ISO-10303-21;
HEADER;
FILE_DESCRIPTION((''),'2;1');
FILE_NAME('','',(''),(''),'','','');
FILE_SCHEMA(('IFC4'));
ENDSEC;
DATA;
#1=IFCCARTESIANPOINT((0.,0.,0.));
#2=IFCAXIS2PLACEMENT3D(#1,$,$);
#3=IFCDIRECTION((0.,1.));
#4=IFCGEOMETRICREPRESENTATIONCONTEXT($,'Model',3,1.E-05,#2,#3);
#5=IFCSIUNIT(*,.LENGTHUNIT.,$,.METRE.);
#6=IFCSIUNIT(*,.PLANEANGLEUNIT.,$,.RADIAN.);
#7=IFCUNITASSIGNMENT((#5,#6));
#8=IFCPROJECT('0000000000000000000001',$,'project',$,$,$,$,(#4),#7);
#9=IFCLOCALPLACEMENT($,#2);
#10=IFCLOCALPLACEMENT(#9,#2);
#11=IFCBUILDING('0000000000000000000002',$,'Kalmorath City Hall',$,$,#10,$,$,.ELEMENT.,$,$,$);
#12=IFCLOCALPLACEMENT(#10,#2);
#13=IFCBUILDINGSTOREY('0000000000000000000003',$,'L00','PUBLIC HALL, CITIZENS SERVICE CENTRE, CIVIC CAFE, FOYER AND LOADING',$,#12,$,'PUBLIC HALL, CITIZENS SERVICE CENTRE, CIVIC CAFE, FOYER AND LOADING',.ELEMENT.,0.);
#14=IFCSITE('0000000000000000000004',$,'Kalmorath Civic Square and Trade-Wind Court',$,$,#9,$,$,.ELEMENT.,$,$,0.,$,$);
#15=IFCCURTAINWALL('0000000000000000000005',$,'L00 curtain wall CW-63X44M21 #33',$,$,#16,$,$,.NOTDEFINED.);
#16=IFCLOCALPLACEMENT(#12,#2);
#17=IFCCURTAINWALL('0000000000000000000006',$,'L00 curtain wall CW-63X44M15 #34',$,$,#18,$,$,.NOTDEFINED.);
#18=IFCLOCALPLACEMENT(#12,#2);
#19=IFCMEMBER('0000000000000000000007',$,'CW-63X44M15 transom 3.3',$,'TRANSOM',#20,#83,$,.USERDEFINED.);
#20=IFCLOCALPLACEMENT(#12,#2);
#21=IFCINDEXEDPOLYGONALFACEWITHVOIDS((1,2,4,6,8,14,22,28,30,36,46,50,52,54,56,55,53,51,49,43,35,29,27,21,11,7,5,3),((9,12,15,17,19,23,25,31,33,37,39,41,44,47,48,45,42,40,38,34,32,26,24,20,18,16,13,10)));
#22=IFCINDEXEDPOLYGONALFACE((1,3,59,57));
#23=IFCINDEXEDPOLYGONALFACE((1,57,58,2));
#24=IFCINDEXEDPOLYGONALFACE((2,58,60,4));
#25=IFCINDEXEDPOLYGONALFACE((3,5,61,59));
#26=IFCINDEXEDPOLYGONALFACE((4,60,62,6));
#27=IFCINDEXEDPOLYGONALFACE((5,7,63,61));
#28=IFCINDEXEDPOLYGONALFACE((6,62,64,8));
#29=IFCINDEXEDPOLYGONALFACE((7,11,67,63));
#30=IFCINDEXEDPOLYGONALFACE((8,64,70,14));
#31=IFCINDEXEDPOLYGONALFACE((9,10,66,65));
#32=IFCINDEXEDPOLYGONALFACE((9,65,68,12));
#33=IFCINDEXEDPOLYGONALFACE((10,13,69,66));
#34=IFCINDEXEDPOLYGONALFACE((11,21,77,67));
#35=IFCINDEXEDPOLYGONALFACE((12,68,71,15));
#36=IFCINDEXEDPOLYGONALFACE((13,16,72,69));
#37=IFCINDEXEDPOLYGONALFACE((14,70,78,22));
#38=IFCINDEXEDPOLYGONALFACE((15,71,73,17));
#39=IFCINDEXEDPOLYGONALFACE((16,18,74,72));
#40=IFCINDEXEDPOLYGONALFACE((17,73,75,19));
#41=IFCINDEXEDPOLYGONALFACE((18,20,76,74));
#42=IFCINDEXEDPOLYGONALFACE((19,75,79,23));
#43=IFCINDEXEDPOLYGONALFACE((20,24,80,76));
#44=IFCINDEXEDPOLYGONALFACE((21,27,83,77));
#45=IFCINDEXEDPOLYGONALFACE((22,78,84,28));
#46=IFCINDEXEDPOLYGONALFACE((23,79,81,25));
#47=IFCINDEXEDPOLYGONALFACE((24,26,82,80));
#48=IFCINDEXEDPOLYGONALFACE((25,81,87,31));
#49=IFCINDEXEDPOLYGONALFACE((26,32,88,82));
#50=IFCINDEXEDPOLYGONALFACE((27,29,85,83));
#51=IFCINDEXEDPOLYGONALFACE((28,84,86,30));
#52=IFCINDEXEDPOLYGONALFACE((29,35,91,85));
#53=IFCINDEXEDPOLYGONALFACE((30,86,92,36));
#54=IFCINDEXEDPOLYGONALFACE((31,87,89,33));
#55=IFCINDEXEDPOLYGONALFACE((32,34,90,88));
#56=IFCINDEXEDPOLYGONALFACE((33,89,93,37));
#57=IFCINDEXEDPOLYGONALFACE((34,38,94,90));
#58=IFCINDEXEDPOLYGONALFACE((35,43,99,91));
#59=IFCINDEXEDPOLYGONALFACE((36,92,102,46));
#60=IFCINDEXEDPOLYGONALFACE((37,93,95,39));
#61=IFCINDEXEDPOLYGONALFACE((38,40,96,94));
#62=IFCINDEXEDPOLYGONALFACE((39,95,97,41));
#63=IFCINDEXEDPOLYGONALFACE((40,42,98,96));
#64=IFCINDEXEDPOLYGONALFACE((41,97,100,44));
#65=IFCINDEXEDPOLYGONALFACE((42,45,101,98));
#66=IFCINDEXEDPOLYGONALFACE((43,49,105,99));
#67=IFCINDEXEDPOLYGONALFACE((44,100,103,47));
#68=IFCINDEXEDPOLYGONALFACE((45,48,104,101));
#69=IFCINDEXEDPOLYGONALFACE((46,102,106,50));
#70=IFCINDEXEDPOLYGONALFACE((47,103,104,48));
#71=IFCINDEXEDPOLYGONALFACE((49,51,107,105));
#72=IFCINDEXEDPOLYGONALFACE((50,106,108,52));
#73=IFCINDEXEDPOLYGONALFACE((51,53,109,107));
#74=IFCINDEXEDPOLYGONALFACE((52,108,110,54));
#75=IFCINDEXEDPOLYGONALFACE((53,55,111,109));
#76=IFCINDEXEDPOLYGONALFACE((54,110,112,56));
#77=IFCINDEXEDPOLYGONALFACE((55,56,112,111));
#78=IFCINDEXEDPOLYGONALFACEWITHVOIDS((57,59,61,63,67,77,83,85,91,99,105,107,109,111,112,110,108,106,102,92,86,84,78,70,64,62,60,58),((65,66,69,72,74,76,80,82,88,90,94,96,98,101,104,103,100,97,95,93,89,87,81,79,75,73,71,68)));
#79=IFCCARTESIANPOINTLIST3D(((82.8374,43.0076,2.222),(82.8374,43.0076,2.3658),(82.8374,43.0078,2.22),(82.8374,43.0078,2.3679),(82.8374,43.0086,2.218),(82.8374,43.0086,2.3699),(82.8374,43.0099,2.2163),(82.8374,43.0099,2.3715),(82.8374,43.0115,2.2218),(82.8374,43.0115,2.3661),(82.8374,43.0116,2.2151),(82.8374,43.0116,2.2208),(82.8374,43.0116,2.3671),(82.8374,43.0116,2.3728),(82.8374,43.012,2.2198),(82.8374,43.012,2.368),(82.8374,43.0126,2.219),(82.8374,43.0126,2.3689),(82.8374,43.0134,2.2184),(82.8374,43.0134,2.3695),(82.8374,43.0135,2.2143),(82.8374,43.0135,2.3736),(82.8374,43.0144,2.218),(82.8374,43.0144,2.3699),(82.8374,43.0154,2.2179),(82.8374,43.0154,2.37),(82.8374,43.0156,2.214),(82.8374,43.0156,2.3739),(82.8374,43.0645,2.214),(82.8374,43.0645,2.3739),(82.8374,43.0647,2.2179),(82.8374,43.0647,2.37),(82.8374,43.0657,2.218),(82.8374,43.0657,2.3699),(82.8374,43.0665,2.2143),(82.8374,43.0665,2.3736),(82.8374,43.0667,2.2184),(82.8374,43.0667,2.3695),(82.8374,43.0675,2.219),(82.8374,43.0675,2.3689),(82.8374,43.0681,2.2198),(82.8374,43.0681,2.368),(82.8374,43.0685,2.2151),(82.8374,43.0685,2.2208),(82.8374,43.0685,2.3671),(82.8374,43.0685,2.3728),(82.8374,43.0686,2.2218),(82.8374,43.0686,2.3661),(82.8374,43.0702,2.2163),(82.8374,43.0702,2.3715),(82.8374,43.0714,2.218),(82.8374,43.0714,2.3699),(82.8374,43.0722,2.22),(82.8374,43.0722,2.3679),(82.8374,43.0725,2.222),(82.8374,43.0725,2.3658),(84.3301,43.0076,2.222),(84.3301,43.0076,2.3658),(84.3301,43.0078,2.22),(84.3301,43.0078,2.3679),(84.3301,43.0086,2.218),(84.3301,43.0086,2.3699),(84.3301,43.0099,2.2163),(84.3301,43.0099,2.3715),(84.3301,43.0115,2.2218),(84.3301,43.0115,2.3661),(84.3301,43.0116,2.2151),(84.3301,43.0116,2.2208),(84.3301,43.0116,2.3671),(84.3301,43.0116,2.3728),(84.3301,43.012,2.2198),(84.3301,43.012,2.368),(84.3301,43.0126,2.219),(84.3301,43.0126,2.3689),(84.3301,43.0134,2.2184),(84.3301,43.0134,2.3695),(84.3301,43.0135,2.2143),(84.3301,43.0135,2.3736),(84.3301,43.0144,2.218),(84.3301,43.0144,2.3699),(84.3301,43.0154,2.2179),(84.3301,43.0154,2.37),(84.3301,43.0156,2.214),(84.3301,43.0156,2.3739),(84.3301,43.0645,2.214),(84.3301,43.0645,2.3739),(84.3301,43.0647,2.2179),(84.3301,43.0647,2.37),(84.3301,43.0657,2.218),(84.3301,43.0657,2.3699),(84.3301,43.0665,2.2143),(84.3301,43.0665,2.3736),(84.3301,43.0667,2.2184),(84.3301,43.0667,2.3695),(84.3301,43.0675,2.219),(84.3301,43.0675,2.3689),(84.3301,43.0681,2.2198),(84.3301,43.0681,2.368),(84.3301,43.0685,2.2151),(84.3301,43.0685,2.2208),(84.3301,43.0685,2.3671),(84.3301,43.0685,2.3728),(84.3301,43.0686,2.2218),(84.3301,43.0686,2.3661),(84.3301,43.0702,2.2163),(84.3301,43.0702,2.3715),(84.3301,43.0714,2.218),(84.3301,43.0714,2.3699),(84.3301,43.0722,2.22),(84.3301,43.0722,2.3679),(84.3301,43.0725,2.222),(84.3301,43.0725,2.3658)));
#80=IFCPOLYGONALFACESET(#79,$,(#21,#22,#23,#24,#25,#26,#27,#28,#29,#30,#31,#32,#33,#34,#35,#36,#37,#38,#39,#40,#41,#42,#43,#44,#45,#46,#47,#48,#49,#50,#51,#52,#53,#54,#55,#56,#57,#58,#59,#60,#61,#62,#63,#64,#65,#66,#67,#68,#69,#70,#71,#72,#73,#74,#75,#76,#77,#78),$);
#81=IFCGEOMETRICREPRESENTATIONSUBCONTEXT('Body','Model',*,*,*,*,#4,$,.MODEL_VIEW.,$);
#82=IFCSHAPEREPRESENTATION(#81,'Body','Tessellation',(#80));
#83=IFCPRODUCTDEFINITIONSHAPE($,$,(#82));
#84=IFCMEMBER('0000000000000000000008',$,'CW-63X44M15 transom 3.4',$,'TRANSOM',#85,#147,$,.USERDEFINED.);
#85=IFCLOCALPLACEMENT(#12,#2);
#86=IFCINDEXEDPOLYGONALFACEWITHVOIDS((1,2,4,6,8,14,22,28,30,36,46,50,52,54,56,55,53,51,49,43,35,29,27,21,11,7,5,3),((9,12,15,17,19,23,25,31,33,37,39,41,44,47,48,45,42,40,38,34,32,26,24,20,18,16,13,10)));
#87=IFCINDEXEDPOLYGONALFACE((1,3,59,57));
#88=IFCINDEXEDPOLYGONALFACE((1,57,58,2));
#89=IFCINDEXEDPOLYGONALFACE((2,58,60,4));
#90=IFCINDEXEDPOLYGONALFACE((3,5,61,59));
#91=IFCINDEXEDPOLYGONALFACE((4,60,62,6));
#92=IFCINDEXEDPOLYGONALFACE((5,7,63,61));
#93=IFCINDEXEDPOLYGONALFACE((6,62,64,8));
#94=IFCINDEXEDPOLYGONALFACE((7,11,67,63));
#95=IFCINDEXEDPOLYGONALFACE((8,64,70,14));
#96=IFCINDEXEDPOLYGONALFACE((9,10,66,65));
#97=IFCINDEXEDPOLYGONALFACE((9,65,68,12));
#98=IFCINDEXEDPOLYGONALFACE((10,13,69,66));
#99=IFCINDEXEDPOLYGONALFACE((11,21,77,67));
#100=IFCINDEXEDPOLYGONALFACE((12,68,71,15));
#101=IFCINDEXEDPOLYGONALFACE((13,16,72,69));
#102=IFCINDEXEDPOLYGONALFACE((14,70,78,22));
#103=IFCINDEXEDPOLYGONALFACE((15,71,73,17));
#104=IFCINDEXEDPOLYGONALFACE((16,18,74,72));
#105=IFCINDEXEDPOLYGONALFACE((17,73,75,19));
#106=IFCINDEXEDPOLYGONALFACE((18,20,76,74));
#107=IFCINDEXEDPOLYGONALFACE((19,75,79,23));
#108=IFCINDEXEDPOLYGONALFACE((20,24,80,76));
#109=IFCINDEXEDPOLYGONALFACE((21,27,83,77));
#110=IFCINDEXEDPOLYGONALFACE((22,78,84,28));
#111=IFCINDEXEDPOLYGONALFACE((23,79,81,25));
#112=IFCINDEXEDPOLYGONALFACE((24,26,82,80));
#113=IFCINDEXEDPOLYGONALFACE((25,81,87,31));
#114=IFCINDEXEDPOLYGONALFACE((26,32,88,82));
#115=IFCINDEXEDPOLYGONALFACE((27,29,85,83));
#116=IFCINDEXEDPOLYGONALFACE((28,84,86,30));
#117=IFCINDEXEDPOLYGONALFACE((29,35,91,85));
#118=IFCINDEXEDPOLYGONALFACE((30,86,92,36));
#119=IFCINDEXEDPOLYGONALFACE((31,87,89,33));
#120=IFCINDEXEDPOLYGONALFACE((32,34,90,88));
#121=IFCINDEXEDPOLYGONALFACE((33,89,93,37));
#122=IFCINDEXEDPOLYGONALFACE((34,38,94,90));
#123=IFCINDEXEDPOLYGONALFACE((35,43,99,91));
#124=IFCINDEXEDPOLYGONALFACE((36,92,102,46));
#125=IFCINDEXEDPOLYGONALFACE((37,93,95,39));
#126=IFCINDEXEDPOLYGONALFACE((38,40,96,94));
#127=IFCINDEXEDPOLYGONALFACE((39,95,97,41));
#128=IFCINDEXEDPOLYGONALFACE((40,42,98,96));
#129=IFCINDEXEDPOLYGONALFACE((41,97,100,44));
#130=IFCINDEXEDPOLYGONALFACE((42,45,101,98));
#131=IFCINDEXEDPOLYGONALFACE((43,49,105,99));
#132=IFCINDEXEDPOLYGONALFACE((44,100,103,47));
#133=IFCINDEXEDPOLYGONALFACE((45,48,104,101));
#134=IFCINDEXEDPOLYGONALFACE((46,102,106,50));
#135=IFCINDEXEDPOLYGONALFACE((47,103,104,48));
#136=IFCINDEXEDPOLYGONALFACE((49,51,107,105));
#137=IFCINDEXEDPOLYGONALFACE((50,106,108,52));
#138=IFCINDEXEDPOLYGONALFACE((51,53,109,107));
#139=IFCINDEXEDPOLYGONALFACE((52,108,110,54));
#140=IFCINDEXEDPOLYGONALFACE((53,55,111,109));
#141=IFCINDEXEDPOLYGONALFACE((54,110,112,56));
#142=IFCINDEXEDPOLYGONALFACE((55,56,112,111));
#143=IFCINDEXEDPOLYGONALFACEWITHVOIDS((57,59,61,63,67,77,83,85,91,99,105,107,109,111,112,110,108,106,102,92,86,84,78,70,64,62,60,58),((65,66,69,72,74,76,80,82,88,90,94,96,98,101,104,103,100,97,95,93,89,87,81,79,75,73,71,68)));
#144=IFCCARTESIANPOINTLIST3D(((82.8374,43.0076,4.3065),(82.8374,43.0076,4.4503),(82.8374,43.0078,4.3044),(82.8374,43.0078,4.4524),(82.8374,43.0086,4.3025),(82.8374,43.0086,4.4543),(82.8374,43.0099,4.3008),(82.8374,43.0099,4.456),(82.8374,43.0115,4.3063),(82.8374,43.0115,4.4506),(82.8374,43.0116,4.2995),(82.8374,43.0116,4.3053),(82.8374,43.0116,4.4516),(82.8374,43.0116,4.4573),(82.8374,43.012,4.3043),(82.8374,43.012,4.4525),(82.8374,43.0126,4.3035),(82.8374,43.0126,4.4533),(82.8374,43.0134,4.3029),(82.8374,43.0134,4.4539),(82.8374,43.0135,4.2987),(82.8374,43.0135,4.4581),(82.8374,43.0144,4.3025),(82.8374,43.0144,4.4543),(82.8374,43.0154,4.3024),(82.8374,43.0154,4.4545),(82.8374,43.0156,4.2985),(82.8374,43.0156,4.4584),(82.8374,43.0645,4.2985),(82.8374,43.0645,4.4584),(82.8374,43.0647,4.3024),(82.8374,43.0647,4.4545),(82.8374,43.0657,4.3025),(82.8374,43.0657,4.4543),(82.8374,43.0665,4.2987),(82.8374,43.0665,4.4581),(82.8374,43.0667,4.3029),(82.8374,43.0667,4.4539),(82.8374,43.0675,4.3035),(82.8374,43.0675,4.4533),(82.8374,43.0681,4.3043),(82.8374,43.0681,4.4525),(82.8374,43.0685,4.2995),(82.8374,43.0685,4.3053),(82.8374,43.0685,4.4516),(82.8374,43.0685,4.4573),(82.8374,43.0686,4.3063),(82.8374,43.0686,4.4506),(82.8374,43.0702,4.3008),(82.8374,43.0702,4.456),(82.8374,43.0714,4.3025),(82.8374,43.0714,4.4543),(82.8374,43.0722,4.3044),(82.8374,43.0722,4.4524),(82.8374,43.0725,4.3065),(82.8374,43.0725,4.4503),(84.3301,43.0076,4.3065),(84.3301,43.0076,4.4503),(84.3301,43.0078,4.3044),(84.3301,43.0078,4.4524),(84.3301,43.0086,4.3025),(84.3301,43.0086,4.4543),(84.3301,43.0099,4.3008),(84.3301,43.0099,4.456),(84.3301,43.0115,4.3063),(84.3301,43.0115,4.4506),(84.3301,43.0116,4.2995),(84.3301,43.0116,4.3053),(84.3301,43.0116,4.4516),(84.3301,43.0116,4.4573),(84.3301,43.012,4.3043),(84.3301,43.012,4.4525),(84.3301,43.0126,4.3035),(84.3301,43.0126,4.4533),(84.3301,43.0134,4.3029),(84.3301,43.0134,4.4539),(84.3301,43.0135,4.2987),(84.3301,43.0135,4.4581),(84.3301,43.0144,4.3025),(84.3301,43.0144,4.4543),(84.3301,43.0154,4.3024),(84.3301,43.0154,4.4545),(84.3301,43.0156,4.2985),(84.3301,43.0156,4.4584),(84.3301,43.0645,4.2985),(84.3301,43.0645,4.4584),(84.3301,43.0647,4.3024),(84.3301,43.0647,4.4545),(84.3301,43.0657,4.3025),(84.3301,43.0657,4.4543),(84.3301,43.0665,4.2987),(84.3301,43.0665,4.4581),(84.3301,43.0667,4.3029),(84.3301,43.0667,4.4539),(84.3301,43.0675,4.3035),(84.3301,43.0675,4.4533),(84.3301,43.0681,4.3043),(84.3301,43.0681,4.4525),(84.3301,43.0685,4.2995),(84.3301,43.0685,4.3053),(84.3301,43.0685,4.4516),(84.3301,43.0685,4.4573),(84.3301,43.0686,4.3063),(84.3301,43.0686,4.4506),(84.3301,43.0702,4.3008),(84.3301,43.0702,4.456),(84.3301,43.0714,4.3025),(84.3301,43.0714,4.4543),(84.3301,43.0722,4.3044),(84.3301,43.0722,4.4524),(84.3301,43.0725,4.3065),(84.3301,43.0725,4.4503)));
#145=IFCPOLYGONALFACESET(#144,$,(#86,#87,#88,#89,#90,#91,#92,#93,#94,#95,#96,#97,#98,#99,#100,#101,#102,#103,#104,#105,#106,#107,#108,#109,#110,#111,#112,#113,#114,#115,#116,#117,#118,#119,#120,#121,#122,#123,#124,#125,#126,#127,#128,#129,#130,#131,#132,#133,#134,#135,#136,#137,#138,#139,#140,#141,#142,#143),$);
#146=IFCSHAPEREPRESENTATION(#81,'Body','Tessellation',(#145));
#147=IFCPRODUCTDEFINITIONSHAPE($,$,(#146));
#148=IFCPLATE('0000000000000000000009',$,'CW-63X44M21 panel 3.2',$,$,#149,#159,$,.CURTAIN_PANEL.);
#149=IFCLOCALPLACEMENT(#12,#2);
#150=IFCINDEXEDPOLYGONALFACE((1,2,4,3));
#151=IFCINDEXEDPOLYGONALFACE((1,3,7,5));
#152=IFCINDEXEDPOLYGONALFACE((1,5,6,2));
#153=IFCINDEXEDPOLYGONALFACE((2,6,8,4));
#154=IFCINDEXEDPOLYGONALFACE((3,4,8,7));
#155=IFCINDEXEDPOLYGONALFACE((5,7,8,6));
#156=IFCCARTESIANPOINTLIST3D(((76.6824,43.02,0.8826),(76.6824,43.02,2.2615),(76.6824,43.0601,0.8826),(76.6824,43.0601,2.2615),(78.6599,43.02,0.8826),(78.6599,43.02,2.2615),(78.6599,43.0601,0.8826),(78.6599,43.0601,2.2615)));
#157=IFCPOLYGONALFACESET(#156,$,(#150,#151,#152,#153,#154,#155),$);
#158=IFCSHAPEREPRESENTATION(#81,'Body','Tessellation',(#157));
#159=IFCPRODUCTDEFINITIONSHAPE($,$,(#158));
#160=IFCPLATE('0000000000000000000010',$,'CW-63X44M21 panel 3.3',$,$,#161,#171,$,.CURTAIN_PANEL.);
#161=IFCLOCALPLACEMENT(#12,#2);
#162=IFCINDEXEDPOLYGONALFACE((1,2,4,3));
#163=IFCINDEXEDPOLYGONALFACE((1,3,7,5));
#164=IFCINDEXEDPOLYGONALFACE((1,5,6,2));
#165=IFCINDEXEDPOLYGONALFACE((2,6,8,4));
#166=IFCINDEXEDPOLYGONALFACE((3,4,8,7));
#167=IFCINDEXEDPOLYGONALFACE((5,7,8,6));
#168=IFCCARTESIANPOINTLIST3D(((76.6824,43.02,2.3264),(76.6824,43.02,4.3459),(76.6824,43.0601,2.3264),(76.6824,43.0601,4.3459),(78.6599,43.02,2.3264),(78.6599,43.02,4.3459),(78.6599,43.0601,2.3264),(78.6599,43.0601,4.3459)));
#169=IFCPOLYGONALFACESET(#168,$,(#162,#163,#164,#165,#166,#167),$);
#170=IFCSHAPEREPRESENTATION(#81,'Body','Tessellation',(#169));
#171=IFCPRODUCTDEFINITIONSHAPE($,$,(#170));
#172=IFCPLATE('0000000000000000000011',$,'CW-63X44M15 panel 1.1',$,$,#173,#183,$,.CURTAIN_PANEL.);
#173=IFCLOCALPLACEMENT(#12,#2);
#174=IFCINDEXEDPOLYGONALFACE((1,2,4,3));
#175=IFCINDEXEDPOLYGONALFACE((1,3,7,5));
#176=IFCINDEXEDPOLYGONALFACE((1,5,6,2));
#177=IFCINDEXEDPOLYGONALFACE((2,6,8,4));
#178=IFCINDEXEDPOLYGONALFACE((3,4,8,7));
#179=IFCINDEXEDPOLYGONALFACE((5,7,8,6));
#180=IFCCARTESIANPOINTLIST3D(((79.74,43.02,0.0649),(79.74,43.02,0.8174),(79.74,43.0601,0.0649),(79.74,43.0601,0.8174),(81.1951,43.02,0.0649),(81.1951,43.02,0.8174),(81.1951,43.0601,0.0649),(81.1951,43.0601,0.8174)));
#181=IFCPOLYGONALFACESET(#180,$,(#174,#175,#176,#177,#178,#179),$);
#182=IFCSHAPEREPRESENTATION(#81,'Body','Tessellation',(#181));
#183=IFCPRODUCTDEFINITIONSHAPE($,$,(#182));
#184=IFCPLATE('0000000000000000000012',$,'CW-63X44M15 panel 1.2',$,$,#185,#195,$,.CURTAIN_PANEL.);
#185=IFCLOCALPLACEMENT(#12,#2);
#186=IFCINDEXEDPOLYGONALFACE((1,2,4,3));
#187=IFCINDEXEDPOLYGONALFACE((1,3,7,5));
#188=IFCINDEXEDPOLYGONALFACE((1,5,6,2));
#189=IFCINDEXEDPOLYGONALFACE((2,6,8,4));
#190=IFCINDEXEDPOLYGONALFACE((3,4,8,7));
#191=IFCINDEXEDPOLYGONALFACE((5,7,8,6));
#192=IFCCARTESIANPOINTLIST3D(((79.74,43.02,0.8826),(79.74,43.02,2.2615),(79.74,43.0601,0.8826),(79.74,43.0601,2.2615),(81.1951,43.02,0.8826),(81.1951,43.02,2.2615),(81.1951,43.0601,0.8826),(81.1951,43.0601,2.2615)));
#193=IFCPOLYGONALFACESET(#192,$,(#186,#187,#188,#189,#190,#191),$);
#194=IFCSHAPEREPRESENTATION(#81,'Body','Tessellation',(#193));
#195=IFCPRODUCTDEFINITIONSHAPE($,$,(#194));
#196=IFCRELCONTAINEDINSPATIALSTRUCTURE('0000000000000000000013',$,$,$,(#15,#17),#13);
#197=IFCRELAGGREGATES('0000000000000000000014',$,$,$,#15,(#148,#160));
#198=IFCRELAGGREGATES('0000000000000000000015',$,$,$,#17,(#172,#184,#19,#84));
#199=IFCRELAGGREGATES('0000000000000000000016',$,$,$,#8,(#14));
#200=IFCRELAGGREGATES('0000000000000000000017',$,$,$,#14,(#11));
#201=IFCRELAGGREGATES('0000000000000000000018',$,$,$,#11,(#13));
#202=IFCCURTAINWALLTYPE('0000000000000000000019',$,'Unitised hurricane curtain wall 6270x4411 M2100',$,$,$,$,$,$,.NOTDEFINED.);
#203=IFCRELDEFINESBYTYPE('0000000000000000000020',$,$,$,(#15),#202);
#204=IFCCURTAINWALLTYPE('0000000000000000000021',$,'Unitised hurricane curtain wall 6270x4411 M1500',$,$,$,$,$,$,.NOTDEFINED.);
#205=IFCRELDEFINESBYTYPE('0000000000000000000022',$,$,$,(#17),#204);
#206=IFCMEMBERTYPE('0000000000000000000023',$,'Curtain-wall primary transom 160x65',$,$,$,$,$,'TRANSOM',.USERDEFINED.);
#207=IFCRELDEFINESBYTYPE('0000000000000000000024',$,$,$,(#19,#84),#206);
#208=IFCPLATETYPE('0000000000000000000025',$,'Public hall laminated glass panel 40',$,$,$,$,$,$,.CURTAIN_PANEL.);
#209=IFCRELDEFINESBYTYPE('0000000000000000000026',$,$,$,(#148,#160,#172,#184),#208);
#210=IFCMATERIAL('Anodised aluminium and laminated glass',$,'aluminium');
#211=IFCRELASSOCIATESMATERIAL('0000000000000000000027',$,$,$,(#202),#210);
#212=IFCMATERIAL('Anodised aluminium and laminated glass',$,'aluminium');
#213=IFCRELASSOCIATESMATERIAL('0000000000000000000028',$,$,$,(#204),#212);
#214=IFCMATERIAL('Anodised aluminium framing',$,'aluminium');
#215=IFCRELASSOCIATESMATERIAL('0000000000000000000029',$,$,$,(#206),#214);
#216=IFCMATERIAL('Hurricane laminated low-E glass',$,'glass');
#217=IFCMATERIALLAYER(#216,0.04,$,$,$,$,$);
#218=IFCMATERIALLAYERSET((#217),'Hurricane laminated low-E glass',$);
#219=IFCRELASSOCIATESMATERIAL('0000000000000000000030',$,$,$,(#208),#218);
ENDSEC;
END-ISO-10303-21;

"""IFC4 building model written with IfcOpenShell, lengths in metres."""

from ifc_helpers import new_model, si_unit, direction, frame, origin, origin_2d, place, context, subcontext, project, spatial, rectangle, hollow_rectangle, extrude, material, layer, layer_set, material_profile, profile_set, type_object, element, aggregate, save


model = new_model("IFC4")

# Units and contexts
model_context = context("Model", 3, precision=1e-05, world=origin(), true_north=direction((0.0, 1.0)))
body_context = subcontext(model_context, "Body", "Model", "MODEL_VIEW")
ifc_project = project(units=[si_unit("LENGTHUNIT", "METRE"), si_unit("PLANEANGLEUNIT", "RADIAN")], contexts=[model_context])

# Site, building, storey
site_placement = place(None, origin())
site = spatial("IfcSite", under=ifc_project, at=site_placement, Name="Kalmorath Civic Square and Trade-Wind Court", CompositionType="ELEMENT", RefElevation=0.0)
building_placement = place(site_placement, origin())
building = spatial("IfcBuilding", under=site, at=building_placement, Name="Kalmorath City Hall", CompositionType="ELEMENT")
storey_placement = place(building_placement, origin())
storey = spatial("IfcBuildingStorey", under=building, at=storey_placement, Name="L00", Description="PUBLIC HALL, CITIZENS SERVICE CENTRE, CIVIC CAFE, FOYER AND LOADING", LongName="PUBLIC HALL, CITIZENS SERVICE CENTRE, CIVIC CAFE, FOYER AND LOADING", CompositionType="ELEMENT", Elevation=0.0)

# Curtain wall
ifc_material_1 = material(Name="Anodised aluminium and laminated glass", Category="aluminium")
curtain_wall_type_1 = type_object("IfcCurtainWallType", Name="Unitised hurricane curtain wall 6270x4411 M2100", PredefinedType="NOTDEFINED", material=ifc_material_1)
curtain_wall_1_placement = place(storey_placement, origin())
curtain_wall_1 = element("IfcCurtainWall", 1, at=curtain_wall_1_placement, inside=storey, type_object=curtain_wall_type_1, Name="L00 curtain wall CW-63X44M21 #33", PredefinedType="NOTDEFINED")

# Curtain wall, members
ifc_material_2 = material(Name="Anodised aluminium and laminated glass", Category="aluminium")
curtain_wall_type_2 = type_object("IfcCurtainWallType", Name="Unitised hurricane curtain wall 6270x4411 M1500", PredefinedType="NOTDEFINED", material=ifc_material_2)
curtain_wall_2_placement = place(storey_placement, origin())
curtain_wall_2 = element("IfcCurtainWall", 2, at=curtain_wall_2_placement, inside=storey, type_object=curtain_wall_type_2, Name="L00 curtain wall CW-63X44M15 #34", PredefinedType="NOTDEFINED")
ifc_material_3 = material(Name="Anodised aluminium framing", Category="aluminium")
ifc_material_profile_1 = material_profile(ifc_material_3, hollow_rectangle(XDim=0.0649, YDim=0.1599, WallThickness=0.0039, InnerFilletRadius=0.0039, OuterFilletRadius=0.0081, at=origin_2d()), Name="ALU-TRN-160X65X4")
ifc_profile_set_1 = profile_set([ifc_material_profile_1], Name="Anodised aluminium framing")
member_type_1 = type_object("IfcMemberType", Name="Curtain-wall primary transom 160x65", ElementType="TRANSOM", PredefinedType="USERDEFINED", material=ifc_profile_set_1)
member_1_placement = place(storey_placement, frame((82.8374, 43.04, 2.2939), z_axis=(1.0, 0.0, 0.0), x_axis=(0.0, 1.0, 0.0)))
member_1 = element("IfcMember", 3, at=member_1_placement, type_object=member_type_1, Name="CW-63X44M15 transom 3.3", ObjectType="TRANSOM", PredefinedType="USERDEFINED", context=body_context, shape_type="SweptSolid", body=[
    extrude(hollow_rectangle(XDim=0.0649, YDim=0.1599, WallThickness=0.0039, InnerFilletRadius=0.0039, OuterFilletRadius=0.0081, at=origin_2d()), origin(), (0.0, 0.0, 1.0), 1.4927),
])
member_2_placement = place(storey_placement, frame((82.8374, 43.04, 4.3784), z_axis=(1.0, 0.0, 0.0), x_axis=(0.0, 1.0, 0.0)))
member_2 = element("IfcMember", 4, at=member_2_placement, type_object=member_type_1, Name="CW-63X44M15 transom 3.4", ObjectType="TRANSOM", PredefinedType="USERDEFINED", context=body_context, shape_type="SweptSolid", body=[
    extrude(hollow_rectangle(XDim=0.0649, YDim=0.1599, WallThickness=0.0039, InnerFilletRadius=0.0039, OuterFilletRadius=0.0081, at=origin_2d()), origin(), (0.0, 0.0, 1.0), 1.4927),
])

# Plates
ifc_material_4 = material(Name="Hurricane laminated low-E glass", Category="glass")
ifc_layer = layer(ifc_material_4, 0.04)
ifc_layer_set = layer_set([ifc_layer], Name="Hurricane laminated low-E glass")
plate_type = type_object("IfcPlateType", Name="Public hall laminated glass panel 40", PredefinedType="CURTAIN_PANEL", material=ifc_layer_set)
plate_1_placement = place(storey_placement, frame((77.6711, 43.04, 0.8826), z_axis=(0.0, 0.0, 1.0), x_axis=(1.0, 0.0, 0.0)))
plate_1 = element("IfcPlate", 5, at=plate_1_placement, type_object=plate_type, Name="CW-63X44M21 panel 3.2", PredefinedType="CURTAIN_PANEL", context=body_context, shape_type="SweptSolid", body=[
    extrude(rectangle(XDim=1.9775, YDim=0.04, at=origin_2d()), origin(), (0.0, 0.0, 1.0), 1.3789),
])
plate_2_placement = place(storey_placement, frame((77.6711, 43.04, 2.3264), z_axis=(0.0, 0.0, 1.0), x_axis=(1.0, 0.0, 0.0)))
plate_2 = element("IfcPlate", 6, at=plate_2_placement, type_object=plate_type, Name="CW-63X44M21 panel 3.3", PredefinedType="CURTAIN_PANEL", context=body_context, shape_type="SweptSolid", body=[
    extrude(rectangle(XDim=1.9775, YDim=0.04, at=origin_2d()), origin(), (0.0, 0.0, 1.0), 2.0195),
])
aggregate(curtain_wall_1, [plate_1, plate_2])
plate_3_placement = place(storey_placement, frame((80.4675, 43.04, 0.0649), z_axis=(0.0, 0.0, 1.0), x_axis=(1.0, 0.0, 0.0)))
plate_3 = element("IfcPlate", 7, at=plate_3_placement, type_object=plate_type, Name="CW-63X44M15 panel 1.1", PredefinedType="CURTAIN_PANEL", context=body_context, shape_type="SweptSolid", body=[
    extrude(rectangle(XDim=1.4551, YDim=0.04, at=origin_2d()), origin(), (0.0, 0.0, 1.0), 0.7524),
])
plate_4_placement = place(storey_placement, frame((80.4675, 43.04, 0.8826), z_axis=(0.0, 0.0, 1.0), x_axis=(1.0, 0.0, 0.0)))
plate_4 = element("IfcPlate", 8, at=plate_4_placement, type_object=plate_type, Name="CW-63X44M15 panel 1.2", PredefinedType="CURTAIN_PANEL", context=body_context, shape_type="SweptSolid", body=[
    extrude(rectangle(XDim=1.4551, YDim=0.04, at=origin_2d()), origin(), (0.0, 0.0, 1.0), 1.3789),
])
aggregate(curtain_wall_2, [plate_3, plate_4, member_1, member_2])

save(model, "model.ifc")
